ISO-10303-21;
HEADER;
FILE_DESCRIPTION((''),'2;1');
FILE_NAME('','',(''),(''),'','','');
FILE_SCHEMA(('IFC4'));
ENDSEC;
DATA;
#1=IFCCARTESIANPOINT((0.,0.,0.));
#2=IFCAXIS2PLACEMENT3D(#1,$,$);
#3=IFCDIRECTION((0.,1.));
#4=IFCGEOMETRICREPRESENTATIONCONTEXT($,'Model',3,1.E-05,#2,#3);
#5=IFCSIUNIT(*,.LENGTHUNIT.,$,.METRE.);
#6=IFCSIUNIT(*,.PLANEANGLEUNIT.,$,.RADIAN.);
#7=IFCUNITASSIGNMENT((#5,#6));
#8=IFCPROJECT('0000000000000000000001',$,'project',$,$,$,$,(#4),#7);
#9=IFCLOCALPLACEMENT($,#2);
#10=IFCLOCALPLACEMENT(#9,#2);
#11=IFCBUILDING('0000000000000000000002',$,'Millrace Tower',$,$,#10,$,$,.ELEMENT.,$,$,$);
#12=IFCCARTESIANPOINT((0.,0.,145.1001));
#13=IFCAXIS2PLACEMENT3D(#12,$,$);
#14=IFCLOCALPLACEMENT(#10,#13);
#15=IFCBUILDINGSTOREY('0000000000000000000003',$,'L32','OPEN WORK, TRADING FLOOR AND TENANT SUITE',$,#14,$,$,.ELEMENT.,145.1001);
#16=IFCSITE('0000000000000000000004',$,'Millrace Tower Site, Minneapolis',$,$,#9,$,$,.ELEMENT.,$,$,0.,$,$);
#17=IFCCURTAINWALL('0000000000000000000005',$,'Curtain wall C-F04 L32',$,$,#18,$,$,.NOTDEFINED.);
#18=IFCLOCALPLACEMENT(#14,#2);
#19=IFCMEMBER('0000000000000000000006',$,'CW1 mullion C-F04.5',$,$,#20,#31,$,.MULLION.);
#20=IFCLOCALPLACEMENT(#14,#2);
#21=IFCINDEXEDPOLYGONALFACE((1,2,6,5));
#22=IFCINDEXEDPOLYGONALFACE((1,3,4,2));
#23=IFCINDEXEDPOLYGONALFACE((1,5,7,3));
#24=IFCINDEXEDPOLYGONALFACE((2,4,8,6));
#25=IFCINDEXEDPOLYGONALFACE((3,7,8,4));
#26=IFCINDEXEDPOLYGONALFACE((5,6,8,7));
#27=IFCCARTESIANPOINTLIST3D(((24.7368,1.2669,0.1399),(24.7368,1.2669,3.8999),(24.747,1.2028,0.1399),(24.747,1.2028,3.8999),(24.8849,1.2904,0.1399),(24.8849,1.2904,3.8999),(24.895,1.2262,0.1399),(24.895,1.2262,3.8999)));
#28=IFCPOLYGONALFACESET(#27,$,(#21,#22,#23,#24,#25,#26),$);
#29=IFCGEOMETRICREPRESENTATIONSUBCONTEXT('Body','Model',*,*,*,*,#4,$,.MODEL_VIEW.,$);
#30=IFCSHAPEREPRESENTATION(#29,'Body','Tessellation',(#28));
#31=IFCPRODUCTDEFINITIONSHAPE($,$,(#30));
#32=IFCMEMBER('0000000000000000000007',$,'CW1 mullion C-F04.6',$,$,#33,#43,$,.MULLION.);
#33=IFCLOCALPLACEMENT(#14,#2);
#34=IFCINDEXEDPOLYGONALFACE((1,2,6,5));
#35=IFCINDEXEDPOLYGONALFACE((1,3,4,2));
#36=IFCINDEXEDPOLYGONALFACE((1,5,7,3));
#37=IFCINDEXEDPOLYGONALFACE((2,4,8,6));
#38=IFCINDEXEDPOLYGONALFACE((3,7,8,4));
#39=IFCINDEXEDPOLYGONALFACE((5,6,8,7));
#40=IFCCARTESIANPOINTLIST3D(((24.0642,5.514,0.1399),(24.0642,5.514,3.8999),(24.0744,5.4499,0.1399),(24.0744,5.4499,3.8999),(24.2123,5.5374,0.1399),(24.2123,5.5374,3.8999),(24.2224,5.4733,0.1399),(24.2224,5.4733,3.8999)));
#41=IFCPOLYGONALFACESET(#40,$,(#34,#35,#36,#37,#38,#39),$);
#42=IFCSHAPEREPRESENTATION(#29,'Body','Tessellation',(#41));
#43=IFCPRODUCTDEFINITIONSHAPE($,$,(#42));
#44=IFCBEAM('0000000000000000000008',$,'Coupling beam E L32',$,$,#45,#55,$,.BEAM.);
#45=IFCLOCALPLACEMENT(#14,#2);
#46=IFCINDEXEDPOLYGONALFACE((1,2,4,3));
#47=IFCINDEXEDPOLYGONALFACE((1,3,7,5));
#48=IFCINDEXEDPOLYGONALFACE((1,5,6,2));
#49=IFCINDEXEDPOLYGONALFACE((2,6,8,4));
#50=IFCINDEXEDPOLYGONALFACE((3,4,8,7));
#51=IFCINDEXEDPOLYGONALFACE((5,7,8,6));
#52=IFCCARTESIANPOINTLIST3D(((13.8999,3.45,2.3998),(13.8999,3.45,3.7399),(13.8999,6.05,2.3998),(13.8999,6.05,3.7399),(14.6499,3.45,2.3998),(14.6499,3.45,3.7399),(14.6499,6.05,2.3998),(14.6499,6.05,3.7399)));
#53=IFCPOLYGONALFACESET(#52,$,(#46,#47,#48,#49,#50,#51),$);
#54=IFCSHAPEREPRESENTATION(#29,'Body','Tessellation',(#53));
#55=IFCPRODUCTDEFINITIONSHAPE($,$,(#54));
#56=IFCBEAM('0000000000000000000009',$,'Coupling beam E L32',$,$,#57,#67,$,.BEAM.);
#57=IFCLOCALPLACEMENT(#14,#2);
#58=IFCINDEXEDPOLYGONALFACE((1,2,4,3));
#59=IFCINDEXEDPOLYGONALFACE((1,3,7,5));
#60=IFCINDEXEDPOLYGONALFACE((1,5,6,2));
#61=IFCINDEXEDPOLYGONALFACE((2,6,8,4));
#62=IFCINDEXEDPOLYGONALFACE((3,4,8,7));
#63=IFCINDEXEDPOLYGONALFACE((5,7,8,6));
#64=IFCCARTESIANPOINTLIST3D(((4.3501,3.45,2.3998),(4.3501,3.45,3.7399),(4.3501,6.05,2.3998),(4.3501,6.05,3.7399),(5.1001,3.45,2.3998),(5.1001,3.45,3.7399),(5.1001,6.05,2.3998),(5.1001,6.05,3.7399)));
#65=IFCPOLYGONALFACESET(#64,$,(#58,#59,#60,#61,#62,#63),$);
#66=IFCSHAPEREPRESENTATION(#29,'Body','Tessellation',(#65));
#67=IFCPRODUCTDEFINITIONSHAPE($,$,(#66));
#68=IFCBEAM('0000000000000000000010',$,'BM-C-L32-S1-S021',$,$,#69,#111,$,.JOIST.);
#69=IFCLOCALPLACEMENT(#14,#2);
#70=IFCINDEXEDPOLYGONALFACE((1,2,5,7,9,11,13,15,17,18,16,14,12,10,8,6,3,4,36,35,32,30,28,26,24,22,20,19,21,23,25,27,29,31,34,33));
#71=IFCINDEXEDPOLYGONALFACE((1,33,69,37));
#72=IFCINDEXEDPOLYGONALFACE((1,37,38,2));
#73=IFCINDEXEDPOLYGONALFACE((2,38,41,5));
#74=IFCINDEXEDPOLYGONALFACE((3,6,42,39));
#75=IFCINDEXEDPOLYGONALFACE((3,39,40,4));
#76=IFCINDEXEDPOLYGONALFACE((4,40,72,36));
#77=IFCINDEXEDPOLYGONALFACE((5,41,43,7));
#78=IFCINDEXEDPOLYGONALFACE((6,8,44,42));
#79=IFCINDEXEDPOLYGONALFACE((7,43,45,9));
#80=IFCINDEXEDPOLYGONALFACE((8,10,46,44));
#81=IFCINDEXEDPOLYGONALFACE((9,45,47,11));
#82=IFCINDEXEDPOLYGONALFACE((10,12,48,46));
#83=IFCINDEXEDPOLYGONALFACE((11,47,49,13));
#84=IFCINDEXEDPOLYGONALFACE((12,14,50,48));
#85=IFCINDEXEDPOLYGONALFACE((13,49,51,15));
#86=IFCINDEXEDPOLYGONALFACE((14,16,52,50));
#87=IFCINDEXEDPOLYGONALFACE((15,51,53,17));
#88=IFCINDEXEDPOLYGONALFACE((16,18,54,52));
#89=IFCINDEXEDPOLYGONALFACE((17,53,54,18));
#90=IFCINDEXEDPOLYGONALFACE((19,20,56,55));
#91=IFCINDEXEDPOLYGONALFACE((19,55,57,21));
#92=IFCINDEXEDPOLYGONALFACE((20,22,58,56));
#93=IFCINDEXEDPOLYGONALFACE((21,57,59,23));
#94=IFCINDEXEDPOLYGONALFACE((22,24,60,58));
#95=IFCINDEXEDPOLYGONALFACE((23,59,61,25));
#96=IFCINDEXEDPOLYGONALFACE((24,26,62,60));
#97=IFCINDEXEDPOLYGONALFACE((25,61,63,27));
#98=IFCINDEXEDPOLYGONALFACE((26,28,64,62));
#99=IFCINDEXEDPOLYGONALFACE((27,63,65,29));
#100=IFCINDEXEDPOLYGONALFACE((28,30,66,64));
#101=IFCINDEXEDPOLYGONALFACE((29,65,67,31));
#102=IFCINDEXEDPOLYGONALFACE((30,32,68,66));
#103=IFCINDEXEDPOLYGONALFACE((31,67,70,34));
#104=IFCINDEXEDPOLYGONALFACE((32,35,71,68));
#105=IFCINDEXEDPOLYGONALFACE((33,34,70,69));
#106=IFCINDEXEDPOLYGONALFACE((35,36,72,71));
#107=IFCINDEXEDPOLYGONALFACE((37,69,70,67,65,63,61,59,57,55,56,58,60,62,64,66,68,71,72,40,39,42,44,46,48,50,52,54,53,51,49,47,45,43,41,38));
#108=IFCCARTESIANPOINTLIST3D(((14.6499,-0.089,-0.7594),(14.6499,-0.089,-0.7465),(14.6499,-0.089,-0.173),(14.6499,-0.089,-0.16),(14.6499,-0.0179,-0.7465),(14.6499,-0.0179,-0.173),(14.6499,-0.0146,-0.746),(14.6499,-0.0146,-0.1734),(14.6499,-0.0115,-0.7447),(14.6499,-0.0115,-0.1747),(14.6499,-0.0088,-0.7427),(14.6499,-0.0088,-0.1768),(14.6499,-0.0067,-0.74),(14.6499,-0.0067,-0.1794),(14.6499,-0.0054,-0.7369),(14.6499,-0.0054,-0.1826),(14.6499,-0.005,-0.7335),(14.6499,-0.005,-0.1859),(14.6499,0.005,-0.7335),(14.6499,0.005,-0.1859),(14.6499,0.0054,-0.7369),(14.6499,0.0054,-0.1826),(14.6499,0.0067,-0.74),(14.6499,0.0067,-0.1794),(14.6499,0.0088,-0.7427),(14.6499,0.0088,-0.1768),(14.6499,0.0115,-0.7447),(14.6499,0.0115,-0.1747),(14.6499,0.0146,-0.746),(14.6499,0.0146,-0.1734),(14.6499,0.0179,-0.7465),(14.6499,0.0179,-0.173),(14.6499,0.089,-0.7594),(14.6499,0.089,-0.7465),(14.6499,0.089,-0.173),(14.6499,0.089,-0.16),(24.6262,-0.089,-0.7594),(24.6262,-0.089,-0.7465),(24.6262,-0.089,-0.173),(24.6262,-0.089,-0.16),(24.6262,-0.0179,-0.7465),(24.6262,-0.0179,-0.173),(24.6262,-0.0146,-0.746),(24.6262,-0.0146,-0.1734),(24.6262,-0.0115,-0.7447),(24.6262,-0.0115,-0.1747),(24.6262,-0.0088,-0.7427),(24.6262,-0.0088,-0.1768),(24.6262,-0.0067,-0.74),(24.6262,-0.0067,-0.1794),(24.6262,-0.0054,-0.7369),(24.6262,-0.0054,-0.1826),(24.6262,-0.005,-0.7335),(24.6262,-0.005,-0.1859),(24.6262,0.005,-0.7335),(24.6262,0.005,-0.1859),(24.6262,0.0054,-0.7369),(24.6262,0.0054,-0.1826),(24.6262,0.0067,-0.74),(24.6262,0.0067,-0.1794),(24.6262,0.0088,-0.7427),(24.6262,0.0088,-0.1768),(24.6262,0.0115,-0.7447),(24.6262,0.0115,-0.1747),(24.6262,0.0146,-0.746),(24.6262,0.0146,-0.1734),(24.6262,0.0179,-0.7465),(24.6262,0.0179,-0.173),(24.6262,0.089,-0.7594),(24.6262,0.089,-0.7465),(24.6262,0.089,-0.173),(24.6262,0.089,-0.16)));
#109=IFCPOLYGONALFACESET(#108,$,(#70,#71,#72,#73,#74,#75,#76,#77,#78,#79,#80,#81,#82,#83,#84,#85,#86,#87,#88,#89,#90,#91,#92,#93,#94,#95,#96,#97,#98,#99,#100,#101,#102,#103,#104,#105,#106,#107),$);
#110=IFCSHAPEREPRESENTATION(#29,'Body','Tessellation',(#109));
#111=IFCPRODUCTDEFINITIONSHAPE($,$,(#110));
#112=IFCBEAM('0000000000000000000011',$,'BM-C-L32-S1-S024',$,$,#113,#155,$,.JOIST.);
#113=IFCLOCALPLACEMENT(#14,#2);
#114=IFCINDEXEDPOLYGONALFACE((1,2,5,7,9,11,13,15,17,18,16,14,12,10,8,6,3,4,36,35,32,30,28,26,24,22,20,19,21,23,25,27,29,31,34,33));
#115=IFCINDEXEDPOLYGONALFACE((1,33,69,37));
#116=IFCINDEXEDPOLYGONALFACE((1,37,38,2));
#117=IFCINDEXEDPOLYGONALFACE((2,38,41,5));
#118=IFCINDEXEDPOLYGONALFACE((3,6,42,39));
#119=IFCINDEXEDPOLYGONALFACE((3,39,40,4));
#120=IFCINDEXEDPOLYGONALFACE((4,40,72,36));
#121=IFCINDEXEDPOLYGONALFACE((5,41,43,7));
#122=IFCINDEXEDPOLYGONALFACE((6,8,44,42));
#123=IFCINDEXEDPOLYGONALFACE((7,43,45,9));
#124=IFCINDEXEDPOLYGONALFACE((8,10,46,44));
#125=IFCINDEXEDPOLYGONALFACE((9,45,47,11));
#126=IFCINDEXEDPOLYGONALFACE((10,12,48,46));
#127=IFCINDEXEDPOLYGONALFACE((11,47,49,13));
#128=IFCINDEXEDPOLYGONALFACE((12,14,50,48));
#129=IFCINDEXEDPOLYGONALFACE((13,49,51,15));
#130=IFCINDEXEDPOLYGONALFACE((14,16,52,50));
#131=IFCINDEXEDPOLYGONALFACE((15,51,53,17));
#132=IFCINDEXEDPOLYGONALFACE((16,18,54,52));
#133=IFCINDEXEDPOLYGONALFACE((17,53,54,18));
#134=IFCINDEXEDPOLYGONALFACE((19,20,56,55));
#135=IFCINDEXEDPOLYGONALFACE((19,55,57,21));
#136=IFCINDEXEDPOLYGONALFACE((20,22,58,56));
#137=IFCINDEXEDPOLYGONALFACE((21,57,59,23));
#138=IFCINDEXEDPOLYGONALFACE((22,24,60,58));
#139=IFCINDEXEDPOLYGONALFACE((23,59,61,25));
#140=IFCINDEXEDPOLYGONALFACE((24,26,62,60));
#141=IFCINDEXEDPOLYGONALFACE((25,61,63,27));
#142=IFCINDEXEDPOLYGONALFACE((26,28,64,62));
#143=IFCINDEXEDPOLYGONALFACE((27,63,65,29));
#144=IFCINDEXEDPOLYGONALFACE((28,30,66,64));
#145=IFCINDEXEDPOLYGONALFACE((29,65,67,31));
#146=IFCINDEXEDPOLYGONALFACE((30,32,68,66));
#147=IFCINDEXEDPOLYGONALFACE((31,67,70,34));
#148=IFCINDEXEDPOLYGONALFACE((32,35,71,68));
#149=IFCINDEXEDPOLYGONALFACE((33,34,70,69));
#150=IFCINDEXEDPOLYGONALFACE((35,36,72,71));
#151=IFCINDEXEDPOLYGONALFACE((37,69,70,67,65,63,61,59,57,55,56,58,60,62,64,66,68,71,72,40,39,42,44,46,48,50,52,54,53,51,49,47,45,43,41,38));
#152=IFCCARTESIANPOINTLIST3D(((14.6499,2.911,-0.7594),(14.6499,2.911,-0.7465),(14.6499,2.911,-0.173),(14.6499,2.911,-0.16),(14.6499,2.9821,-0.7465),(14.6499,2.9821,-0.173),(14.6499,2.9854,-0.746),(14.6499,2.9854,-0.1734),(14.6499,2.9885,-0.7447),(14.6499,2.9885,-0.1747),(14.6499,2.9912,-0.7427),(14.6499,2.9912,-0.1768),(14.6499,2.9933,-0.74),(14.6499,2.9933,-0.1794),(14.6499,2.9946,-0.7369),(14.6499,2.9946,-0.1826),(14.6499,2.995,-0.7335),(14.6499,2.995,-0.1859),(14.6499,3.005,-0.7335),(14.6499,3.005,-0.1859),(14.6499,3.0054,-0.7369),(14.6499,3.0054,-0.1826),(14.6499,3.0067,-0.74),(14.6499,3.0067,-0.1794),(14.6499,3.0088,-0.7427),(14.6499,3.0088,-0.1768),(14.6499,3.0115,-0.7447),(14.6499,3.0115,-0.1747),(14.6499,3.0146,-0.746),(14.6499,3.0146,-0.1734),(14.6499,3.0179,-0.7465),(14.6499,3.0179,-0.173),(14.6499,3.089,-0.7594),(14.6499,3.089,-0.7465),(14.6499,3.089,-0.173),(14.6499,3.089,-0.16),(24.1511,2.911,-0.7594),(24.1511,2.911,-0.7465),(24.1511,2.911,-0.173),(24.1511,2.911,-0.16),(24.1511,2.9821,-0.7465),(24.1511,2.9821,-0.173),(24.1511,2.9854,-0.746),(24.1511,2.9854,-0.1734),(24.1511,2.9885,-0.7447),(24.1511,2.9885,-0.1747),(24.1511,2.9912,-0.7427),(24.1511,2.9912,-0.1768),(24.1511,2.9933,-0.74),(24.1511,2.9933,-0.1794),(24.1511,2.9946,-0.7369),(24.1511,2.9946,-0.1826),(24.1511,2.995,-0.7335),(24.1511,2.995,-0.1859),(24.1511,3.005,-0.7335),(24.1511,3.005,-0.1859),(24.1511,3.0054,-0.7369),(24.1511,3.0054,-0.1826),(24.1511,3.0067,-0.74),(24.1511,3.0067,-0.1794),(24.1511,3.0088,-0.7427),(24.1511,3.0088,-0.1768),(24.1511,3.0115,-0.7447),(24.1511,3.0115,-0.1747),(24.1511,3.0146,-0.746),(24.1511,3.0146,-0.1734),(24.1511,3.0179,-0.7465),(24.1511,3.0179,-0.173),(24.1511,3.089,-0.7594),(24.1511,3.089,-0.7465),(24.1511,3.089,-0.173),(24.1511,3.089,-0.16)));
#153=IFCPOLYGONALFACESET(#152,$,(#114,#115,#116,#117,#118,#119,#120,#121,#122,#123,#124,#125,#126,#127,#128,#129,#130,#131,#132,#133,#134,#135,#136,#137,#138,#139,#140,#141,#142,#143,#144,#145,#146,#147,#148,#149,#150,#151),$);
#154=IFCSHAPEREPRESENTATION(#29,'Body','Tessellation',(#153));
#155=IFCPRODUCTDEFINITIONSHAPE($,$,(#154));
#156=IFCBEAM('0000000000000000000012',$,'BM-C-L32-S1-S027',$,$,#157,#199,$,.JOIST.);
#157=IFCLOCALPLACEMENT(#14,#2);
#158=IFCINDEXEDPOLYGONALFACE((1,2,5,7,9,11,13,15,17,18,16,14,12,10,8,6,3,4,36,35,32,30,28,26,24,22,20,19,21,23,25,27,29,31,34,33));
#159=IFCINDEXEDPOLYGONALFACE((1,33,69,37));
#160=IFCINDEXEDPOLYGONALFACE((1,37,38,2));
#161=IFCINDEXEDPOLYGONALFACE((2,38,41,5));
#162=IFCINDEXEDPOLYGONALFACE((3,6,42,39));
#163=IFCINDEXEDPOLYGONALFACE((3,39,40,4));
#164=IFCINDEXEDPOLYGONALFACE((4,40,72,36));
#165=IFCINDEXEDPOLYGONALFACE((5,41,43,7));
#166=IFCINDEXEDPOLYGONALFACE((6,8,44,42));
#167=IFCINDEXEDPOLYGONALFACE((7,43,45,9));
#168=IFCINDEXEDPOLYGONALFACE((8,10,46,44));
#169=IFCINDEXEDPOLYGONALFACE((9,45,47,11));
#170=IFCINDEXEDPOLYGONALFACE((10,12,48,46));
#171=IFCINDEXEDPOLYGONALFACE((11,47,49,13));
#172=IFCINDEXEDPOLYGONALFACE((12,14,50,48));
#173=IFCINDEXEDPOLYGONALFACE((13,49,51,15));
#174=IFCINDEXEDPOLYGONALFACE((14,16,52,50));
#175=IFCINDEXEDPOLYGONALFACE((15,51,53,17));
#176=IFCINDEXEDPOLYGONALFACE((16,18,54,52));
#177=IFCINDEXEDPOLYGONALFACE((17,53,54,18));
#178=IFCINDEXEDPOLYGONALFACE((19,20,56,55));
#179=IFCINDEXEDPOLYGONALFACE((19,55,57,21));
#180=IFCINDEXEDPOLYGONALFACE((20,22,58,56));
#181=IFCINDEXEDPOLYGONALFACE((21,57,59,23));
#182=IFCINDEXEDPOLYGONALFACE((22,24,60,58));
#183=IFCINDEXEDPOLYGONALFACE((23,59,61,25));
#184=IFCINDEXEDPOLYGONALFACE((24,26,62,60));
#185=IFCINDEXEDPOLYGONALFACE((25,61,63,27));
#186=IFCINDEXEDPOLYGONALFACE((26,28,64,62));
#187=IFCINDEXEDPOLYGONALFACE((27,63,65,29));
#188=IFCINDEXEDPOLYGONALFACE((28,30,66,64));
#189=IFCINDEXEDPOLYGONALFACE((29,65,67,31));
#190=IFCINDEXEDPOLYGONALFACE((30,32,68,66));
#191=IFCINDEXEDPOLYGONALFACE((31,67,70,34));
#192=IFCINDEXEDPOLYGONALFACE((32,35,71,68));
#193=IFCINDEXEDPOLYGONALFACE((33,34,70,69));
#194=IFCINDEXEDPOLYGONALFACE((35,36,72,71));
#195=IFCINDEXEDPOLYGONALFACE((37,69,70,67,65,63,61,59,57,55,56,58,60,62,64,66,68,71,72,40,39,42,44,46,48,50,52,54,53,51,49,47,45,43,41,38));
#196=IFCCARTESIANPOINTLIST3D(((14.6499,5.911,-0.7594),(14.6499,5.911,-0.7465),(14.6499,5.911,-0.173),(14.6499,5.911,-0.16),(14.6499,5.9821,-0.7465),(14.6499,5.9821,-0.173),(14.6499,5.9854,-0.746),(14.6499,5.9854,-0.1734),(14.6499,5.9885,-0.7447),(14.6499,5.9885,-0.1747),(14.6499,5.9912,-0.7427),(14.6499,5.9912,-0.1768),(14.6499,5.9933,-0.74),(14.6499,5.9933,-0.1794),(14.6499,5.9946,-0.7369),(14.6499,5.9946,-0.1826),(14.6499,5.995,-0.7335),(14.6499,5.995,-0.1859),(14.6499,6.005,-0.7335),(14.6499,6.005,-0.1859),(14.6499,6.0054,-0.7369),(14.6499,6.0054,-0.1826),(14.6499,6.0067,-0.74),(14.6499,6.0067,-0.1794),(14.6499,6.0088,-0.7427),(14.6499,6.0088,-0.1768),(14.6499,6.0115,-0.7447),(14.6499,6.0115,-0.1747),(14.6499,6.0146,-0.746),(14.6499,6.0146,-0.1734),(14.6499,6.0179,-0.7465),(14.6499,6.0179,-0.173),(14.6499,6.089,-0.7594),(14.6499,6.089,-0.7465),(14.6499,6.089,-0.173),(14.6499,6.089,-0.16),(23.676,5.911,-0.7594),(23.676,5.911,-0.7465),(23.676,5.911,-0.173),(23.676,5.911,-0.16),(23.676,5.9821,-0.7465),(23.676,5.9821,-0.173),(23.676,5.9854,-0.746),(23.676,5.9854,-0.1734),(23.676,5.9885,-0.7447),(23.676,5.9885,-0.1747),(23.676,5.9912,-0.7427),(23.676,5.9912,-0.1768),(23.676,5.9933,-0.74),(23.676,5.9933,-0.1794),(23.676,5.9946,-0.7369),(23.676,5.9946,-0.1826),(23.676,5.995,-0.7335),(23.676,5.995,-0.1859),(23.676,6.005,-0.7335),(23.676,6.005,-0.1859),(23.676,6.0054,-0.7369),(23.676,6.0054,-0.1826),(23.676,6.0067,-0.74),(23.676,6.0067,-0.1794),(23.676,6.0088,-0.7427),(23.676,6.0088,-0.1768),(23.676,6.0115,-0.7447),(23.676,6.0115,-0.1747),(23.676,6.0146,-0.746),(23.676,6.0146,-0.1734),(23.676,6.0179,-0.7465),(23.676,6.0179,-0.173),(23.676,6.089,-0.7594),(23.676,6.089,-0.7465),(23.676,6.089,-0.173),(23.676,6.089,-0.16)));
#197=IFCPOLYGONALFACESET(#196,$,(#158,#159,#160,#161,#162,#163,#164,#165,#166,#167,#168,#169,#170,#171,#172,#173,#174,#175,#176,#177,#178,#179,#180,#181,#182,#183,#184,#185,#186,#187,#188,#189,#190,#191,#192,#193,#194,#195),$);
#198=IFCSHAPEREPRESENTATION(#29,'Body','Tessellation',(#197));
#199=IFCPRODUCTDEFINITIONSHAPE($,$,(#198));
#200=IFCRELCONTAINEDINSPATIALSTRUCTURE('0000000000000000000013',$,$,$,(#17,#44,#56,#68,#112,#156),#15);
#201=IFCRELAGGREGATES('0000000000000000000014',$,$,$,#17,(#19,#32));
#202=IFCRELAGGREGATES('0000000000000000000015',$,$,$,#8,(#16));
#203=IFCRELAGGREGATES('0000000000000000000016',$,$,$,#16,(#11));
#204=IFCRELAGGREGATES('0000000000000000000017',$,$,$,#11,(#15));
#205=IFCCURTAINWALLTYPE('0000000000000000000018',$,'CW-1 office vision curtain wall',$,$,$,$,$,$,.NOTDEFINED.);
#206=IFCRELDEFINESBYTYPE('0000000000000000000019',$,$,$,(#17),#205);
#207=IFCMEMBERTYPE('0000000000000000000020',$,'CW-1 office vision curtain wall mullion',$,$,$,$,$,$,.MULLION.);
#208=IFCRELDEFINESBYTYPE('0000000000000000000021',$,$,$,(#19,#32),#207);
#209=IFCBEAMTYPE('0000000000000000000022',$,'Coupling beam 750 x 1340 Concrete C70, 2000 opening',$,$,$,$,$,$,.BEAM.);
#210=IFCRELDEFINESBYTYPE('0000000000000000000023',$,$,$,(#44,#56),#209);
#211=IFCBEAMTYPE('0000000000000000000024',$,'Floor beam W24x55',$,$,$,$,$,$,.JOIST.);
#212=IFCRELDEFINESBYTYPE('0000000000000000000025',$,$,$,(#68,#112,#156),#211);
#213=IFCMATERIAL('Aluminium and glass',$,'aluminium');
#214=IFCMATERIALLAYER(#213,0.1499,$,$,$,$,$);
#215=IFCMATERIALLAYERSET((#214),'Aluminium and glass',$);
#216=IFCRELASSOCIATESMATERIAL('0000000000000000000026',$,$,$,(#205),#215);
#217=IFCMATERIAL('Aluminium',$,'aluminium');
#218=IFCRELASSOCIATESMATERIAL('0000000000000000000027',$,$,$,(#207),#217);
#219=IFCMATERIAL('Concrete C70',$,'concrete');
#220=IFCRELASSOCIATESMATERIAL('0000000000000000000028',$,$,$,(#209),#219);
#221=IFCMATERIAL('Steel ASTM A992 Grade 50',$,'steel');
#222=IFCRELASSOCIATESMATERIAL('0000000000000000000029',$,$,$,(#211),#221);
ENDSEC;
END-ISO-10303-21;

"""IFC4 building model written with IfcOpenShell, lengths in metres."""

from ifc_helpers import new_model, si_unit, direction, frame, origin, origin_2d, place, context, subcontext, project, spatial, rectangle, i_section, extrude, material, layer, layer_set, material_profile, profile_set, type_object, element, aggregate, save


model = new_model("IFC4")

# Units and contexts
model_context = context("Model", 3, precision=1e-05, world=origin(), true_north=direction((0.0, 1.0)))
body_context = subcontext(model_context, "Body", "Model", "MODEL_VIEW")
ifc_project = project(units=[si_unit("LENGTHUNIT", "METRE"), si_unit("PLANEANGLEUNIT", "RADIAN")], contexts=[model_context])

# Site, building, storey
site_placement = place(None, origin())
site = spatial("IfcSite", under=ifc_project, at=site_placement, Name="Millrace Tower Site, Minneapolis", CompositionType="ELEMENT", RefElevation=0.0)
building_placement = place(site_placement, origin())
building = spatial("IfcBuilding", under=site, at=building_placement, Name="Millrace Tower", CompositionType="ELEMENT")
storey_placement = place(building_placement, frame((0.0, 0.0, 145.1001)))
storey = spatial("IfcBuildingStorey", under=building, at=storey_placement, Name="L32", Description="OPEN WORK, TRADING FLOOR AND TENANT SUITE", CompositionType="ELEMENT", Elevation=145.1001)

# Curtain wall, members
ifc_material_1 = material(Name="Aluminium and glass", Category="aluminium")
ifc_layer_1 = layer(ifc_material_1, 0.1499)
ifc_layer_set_1 = layer_set([ifc_layer_1], Name="Aluminium and glass")
curtain_wall_type = type_object("IfcCurtainWallType", Name="CW-1 office vision curtain wall", PredefinedType="NOTDEFINED", material=ifc_layer_set_1)
curtain_wall_placement = place(storey_placement, origin())
curtain_wall = element("IfcCurtainWall", 1, at=curtain_wall_placement, inside=storey, type_object=curtain_wall_type, Name="Curtain wall C-F04 L32", PredefinedType="NOTDEFINED")
ifc_material_2 = material(Name="Aluminium", Category="aluminium")
ifc_material_profile_1 = material_profile(ifc_material_2, rectangle(XDim=0.0649, YDim=0.1499, at=origin_2d()))
ifc_profile_set_1 = profile_set([ifc_material_profile_1], Name="Aluminium")
member_type = type_object("IfcMemberType", Name="CW-1 office vision curtain wall mullion", PredefinedType="MULLION", material=ifc_profile_set_1)
member_1_placement = place(storey_placement, frame((24.8159, 1.2466, 0.1399), z_axis=(0.0, 0.0, 1.0), x_axis=(-0.156434, 0.987688, 0.0)))
member_1 = element("IfcMember", 2, at=member_1_placement, type_object=member_type, Name="CW1 mullion C-F04.5", PredefinedType="MULLION", context=body_context, shape_type="SweptSolid", body=[
    extrude(rectangle(XDim=0.0649, YDim=0.1499, at=origin_2d()), origin(), (0.0, 0.0, 1.0), 3.76),
])
member_2_placement = place(storey_placement, frame((24.1433, 5.4937, 0.1399), z_axis=(0.0, 0.0, 1.0), x_axis=(-0.156434, 0.987688, 0.0)))
member_2 = element("IfcMember", 3, at=member_2_placement, type_object=member_type, Name="CW1 mullion C-F04.6", PredefinedType="MULLION", context=body_context, shape_type="SweptSolid", body=[
    extrude(rectangle(XDim=0.0649, YDim=0.1499, at=origin_2d()), origin(), (0.0, 0.0, 1.0), 3.76),
])
aggregate(curtain_wall, [member_1, member_2])

# Beams
ifc_material_3 = material(Name="Concrete C70", Category="concrete")
ifc_material_profile_2 = material_profile(ifc_material_3, rectangle(XDim=0.75, YDim=1.3401, at=origin_2d()))
ifc_profile_set_2 = profile_set([ifc_material_profile_2], Name="Concrete C70")
beam_type_1 = type_object("IfcBeamType", Name="Coupling beam 750 x 1340 Concrete C70, 2000 opening", PredefinedType="BEAM", material=ifc_profile_set_2)
for number, where, z_axis, x_axis, name in (
    (4, (14.2749, 6.05, 3.0698), (0.0, -1.0, 0.0), (1.0, 0.0, 0.0), "Coupling beam E L32"),
    (5, (4.7251, 6.05, 3.0698), (0.0, -1.0, 0.0), (1.0, 0.0, 0.0), "Coupling beam E L32"),
):
    element("IfcBeam", number, at=place(storey_placement, frame(where, z_axis=z_axis, x_axis=x_axis)), inside=storey, type_object=beam_type_1, Name=name, PredefinedType="BEAM", context=body_context, shape_type="SweptSolid", body=[
        extrude(rectangle(XDim=0.75, YDim=1.3401, at=origin_2d()), origin(), (0.0, 0.0, 1.0), 2.6001),
    ])
ifc_material_4 = material(Name="Steel ASTM A992 Grade 50", Category="steel")
ifc_material_profile_3 = material_profile(ifc_material_4, i_section(OverallWidth=0.178, OverallDepth=0.5994, WebThickness=0.01, FlangeThickness=0.0129, FilletRadius=0.0129, at=origin_2d()))
ifc_profile_set_3 = profile_set([ifc_material_profile_3], Name="Steel ASTM A992 Grade 50")
beam_type_2 = type_object("IfcBeamType", Name="Floor beam W24x55", PredefinedType="JOIST", material=ifc_profile_set_3)
beam_1_placement = place(storey_placement, frame((14.6499, 0.0, -0.4597), z_axis=(1.0, 0.0, 0.0), x_axis=(0.0, 1.0, 0.0)))
element("IfcBeam", 6, at=beam_1_placement, inside=storey, type_object=beam_type_2, Name="BM-C-L32-S1-S021", PredefinedType="JOIST", context=body_context, shape_type="SweptSolid", body=[
    extrude(i_section(OverallWidth=0.178, OverallDepth=0.5994, WebThickness=0.01, FlangeThickness=0.0129, FilletRadius=0.0129, at=origin_2d()), origin(), (0.0, 0.0, 1.0), 9.9763),
])
beam_2_placement = place(storey_placement, frame((14.6499, 3.0, -0.4597), z_axis=(1.0, 0.0, 0.0), x_axis=(0.0, 1.0, 0.0)))
element("IfcBeam", 7, at=beam_2_placement, inside=storey, type_object=beam_type_2, Name="BM-C-L32-S1-S024", PredefinedType="JOIST", context=body_context, shape_type="SweptSolid", body=[
    extrude(i_section(OverallWidth=0.178, OverallDepth=0.5994, WebThickness=0.01, FlangeThickness=0.0129, FilletRadius=0.0129, at=origin_2d()), origin(), (0.0, 0.0, 1.0), 9.5012),
])
beam_3_placement = place(storey_placement, frame((14.6499, 6.0, -0.4597), z_axis=(1.0, 0.0, 0.0), x_axis=(0.0, 1.0, 0.0)))
element("IfcBeam", 8, at=beam_3_placement, inside=storey, type_object=beam_type_2, Name="BM-C-L32-S1-S027", PredefinedType="JOIST", context=body_context, shape_type="SweptSolid", body=[
    extrude(i_section(OverallWidth=0.178, OverallDepth=0.5994, WebThickness=0.01, FlangeThickness=0.0129, FilletRadius=0.0129, at=origin_2d()), origin(), (0.0, 0.0, 1.0), 9.0261),
])

save(model, "model.ifc")
